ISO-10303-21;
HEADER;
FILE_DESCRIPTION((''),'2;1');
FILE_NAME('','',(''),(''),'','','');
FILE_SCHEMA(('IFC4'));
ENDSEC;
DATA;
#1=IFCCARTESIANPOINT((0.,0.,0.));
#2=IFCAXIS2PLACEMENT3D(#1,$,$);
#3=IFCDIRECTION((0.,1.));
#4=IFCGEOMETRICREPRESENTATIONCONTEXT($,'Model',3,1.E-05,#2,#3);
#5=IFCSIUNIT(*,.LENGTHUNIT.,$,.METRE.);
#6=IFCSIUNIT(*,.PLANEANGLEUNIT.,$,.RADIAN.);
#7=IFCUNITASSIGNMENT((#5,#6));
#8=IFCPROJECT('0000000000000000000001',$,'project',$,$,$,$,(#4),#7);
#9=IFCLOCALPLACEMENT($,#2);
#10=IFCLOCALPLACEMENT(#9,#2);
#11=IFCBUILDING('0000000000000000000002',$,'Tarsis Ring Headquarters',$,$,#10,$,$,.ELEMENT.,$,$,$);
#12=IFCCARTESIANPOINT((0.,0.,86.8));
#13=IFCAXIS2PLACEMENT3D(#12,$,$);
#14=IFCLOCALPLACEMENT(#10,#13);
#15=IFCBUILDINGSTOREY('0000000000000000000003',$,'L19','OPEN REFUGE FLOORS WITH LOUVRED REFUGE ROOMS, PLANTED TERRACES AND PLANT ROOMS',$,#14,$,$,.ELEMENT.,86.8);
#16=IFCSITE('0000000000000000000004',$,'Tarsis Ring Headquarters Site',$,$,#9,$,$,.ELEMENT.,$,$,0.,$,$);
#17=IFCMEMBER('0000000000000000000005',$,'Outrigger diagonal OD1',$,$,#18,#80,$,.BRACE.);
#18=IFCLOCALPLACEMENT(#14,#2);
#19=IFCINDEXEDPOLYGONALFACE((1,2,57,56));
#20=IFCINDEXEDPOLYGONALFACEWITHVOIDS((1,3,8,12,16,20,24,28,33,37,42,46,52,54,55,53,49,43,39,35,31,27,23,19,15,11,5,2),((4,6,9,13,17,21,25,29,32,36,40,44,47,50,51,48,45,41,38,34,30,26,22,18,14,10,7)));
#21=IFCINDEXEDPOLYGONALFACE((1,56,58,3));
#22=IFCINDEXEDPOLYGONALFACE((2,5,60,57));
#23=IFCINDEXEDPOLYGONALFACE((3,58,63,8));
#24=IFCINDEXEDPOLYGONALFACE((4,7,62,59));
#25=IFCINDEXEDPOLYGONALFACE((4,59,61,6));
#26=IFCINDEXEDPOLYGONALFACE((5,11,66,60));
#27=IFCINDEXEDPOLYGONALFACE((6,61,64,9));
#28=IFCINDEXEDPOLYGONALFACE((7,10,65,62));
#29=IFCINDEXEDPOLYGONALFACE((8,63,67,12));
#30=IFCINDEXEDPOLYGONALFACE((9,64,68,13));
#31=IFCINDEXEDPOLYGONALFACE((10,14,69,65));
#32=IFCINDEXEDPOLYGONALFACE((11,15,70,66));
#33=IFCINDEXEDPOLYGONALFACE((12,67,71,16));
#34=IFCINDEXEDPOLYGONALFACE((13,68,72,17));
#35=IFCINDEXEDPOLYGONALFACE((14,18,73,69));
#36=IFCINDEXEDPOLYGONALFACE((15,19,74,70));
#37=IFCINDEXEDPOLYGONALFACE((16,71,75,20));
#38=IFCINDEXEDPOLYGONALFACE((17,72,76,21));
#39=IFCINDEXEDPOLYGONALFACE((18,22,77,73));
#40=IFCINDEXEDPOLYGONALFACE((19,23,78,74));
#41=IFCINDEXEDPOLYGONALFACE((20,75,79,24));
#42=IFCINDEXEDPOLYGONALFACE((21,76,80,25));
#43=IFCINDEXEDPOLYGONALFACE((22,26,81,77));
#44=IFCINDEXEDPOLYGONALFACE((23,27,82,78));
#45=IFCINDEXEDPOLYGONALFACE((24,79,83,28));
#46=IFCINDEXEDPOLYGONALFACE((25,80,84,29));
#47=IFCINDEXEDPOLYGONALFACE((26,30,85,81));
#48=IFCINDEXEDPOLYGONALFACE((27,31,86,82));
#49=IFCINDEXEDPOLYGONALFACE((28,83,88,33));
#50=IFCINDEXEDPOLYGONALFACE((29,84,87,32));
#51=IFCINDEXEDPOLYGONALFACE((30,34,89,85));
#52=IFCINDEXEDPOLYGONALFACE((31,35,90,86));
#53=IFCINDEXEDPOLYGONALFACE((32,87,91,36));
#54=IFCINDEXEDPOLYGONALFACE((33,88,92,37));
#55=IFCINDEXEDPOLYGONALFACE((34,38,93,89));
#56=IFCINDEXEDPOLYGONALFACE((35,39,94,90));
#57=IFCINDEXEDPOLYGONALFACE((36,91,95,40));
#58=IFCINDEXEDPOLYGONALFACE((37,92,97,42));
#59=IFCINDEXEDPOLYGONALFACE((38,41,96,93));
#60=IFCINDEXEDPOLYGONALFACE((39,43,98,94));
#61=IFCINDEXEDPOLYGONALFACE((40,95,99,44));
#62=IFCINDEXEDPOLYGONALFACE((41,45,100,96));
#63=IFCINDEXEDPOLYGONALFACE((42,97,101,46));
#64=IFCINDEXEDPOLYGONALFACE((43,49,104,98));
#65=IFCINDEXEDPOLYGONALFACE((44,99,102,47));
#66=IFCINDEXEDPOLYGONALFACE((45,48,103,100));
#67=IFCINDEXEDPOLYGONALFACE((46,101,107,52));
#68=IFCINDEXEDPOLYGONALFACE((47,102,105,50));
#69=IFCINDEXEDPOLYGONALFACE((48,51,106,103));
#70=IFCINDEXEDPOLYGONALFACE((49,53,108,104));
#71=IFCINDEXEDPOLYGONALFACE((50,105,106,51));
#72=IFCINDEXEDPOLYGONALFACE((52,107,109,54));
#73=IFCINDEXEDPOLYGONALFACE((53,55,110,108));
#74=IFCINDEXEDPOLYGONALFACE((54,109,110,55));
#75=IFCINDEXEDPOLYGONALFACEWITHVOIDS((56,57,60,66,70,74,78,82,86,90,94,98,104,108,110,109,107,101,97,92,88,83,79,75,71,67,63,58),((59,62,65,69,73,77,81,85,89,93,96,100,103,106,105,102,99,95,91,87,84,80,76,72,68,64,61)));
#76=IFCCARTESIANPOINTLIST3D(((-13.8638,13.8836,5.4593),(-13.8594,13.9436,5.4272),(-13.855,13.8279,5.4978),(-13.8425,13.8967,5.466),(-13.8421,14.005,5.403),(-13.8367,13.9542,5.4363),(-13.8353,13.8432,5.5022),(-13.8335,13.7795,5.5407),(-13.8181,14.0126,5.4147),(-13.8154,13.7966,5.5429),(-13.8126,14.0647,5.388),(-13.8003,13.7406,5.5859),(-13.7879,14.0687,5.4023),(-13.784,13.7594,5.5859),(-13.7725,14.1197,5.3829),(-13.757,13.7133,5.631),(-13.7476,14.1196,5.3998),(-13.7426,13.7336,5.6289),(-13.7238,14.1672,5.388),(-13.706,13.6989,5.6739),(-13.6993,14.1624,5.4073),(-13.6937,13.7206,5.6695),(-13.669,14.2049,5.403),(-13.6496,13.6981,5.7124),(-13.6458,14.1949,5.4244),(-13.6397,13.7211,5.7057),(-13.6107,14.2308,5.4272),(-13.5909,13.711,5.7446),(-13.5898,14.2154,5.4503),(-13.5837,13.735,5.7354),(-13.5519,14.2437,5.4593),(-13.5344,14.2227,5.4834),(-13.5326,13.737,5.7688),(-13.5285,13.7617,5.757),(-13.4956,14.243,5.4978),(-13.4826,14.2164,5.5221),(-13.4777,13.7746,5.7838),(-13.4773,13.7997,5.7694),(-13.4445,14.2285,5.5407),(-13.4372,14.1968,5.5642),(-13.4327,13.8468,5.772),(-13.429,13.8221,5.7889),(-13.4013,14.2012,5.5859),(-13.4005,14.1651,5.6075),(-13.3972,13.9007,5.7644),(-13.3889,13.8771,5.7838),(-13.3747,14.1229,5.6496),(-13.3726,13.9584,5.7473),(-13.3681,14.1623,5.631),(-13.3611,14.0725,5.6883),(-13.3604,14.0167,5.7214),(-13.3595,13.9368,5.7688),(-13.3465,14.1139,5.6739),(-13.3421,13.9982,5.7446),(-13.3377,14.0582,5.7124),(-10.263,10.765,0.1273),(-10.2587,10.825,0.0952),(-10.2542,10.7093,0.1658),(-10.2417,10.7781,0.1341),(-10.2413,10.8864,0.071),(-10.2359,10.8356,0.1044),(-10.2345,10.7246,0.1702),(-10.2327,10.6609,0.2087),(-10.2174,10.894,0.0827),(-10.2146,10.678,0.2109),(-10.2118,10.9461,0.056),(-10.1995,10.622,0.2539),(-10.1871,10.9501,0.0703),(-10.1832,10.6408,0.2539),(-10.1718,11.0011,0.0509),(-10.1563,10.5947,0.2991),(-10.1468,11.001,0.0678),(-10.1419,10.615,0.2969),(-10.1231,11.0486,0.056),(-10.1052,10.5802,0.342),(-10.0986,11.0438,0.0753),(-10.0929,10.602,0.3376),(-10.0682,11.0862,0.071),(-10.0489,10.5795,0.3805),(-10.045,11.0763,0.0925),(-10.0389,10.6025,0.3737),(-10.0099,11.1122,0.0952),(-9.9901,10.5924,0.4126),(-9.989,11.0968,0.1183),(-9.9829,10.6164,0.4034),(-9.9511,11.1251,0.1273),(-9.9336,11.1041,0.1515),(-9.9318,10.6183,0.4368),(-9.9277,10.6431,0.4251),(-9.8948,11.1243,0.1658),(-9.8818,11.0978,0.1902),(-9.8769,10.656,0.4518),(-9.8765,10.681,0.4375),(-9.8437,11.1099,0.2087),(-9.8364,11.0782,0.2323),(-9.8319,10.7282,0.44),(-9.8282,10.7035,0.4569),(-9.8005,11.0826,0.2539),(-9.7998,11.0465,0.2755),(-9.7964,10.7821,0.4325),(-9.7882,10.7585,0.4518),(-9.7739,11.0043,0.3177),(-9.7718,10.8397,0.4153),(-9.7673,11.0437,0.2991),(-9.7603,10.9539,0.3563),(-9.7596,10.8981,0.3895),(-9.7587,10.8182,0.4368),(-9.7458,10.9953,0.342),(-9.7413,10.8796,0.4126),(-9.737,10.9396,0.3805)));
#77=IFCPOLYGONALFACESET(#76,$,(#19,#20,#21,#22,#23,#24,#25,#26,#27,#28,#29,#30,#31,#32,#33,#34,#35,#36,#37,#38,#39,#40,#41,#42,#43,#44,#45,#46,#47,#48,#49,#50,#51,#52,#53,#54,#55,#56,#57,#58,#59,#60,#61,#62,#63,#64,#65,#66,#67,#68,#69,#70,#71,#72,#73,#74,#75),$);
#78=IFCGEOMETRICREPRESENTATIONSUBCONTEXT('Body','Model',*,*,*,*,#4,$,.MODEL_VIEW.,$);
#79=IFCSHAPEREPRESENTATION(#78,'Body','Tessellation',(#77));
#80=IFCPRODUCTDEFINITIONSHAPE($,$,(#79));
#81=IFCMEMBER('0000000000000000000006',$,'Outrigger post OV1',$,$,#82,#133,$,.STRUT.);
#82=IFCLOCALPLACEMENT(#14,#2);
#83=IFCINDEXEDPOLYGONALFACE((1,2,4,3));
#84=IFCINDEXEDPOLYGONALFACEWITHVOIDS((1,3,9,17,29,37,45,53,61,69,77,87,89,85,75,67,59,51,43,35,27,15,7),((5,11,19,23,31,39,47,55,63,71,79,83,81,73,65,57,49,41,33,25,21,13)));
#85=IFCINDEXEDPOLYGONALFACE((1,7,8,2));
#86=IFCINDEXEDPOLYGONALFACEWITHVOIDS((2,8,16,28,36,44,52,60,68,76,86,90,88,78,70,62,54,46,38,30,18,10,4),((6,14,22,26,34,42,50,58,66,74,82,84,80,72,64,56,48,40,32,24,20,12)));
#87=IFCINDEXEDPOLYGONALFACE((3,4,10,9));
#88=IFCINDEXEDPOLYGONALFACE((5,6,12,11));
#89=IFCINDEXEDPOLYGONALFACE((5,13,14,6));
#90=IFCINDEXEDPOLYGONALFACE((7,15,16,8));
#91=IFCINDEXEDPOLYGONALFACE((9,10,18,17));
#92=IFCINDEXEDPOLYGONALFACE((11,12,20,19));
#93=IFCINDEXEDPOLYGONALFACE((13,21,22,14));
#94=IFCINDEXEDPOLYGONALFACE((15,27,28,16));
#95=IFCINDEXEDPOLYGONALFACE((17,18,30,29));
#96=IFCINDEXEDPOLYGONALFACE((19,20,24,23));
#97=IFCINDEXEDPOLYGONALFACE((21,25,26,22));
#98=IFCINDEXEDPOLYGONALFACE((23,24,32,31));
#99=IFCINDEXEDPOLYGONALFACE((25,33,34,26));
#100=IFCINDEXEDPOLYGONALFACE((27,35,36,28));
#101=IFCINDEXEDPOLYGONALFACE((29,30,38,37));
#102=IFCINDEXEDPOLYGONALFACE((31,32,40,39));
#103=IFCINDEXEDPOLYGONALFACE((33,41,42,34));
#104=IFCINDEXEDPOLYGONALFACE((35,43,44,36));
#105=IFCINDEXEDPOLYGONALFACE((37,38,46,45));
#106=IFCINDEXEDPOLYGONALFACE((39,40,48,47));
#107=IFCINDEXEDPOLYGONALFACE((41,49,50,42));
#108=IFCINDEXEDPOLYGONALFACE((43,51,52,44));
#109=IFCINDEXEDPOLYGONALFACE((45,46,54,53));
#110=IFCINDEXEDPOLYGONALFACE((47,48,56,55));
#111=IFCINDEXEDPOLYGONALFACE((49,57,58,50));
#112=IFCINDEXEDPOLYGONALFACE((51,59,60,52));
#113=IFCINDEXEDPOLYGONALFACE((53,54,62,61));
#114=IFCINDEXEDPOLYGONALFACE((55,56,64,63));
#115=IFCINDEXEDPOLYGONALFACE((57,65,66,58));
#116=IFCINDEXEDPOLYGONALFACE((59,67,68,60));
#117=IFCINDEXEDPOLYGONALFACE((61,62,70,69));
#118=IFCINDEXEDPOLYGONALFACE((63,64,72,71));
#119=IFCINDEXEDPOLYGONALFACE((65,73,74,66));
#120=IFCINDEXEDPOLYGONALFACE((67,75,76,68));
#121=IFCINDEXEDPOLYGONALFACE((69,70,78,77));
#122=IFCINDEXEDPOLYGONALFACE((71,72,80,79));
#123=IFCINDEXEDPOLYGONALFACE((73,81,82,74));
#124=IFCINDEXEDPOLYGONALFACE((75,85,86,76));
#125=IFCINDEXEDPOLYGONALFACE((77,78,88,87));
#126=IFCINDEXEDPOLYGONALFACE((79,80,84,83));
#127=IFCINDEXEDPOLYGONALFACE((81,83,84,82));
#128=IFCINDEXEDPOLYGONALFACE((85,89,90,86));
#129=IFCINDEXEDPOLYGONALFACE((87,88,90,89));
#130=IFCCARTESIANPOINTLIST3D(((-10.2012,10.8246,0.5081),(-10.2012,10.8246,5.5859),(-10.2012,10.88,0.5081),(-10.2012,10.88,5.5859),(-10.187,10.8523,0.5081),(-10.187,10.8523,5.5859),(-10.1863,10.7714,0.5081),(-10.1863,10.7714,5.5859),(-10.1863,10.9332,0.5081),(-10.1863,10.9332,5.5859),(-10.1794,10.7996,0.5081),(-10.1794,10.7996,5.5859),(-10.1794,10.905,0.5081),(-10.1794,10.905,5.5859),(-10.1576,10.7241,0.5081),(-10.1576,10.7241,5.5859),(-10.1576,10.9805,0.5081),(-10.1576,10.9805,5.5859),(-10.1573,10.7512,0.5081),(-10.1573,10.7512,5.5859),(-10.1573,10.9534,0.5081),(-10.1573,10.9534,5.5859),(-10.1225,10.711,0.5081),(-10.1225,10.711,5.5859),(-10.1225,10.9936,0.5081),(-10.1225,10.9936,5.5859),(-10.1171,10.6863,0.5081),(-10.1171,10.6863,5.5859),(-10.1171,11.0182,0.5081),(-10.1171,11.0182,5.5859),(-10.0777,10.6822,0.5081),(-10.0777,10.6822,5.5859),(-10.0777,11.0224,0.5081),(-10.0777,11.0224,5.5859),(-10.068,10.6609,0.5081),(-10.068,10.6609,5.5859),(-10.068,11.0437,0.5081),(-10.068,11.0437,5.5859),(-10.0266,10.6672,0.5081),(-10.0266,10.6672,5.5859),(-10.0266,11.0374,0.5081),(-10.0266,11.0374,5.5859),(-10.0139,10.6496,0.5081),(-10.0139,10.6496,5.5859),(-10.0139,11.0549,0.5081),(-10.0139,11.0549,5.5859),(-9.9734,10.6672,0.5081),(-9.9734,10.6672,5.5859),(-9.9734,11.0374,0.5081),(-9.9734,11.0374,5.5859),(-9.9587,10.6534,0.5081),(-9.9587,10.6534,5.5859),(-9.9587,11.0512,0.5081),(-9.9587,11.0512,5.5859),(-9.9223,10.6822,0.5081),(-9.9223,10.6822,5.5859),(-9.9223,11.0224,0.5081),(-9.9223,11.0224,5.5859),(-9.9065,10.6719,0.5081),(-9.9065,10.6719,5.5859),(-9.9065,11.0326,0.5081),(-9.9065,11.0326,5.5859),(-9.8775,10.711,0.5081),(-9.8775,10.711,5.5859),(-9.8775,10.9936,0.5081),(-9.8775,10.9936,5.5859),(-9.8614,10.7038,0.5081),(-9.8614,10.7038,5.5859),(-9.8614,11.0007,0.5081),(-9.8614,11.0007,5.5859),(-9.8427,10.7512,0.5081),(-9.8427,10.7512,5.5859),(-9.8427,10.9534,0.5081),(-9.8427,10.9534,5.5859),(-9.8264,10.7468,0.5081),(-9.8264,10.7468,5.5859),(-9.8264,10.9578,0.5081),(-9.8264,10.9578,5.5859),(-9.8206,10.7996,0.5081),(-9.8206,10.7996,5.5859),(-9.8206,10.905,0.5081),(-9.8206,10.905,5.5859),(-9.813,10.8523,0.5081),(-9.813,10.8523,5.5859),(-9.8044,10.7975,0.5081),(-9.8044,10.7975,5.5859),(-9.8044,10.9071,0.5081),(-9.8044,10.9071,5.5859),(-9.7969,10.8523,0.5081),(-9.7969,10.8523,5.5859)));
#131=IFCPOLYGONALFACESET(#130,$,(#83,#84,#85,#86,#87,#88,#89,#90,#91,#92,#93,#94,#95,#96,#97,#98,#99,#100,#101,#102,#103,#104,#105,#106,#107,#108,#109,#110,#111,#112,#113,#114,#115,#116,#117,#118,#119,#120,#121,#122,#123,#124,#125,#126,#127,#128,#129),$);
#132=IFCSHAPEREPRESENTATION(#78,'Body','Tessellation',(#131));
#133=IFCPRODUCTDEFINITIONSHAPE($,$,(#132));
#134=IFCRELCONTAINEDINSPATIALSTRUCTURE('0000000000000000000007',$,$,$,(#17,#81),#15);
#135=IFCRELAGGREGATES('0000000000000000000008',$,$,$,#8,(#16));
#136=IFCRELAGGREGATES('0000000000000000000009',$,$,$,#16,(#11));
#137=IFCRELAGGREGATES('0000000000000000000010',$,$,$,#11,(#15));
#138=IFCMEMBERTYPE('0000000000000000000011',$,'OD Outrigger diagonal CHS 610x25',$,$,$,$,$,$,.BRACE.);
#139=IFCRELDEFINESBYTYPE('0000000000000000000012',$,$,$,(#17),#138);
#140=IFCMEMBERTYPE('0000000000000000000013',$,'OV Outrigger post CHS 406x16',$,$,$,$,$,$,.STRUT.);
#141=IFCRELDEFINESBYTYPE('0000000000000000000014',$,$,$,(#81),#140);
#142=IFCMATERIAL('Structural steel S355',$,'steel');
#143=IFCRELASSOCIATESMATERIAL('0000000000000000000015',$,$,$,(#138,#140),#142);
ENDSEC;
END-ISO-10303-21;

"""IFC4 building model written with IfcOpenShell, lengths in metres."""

from ifc_helpers import new_model, si_unit, direction, frame, origin, origin_2d, place, context, subcontext, project, spatial, hollow_circle, extrude, material, material_profile, profile_set, type_object, element, save


model = new_model("IFC4")

# Units and contexts
model_context = context("Model", 3, precision=1e-05, world=origin(), true_north=direction((0.0, 1.0)))
body_context = subcontext(model_context, "Body", "Model", "MODEL_VIEW")
ifc_project = project(units=[si_unit("LENGTHUNIT", "METRE"), si_unit("PLANEANGLEUNIT", "RADIAN")], contexts=[model_context])

# Site, building, storey
site_placement = place(None, origin())
site = spatial("IfcSite", under=ifc_project, at=site_placement, Name="Tarsis Ring Headquarters Site", CompositionType="ELEMENT", RefElevation=0.0)
building_placement = place(site_placement, origin())
building = spatial("IfcBuilding", under=site, at=building_placement, Name="Tarsis Ring Headquarters", CompositionType="ELEMENT")
storey_placement = place(building_placement, frame((0.0, 0.0, 86.8)))
storey = spatial("IfcBuildingStorey", under=building, at=storey_placement, Name="L19", Description="OPEN REFUGE FLOORS WITH LOUVRED REFUGE ROOMS, PLANTED TERRACES AND PLANT ROOMS", CompositionType="ELEMENT", Elevation=86.8)

# Shared definitions
ifc_material_1 = material(Name="Structural steel S355", Category="steel")

# Members
ifc_material_profile_1 = material_profile(ifc_material_1, hollow_circle(Radius=0.3047, WallThickness=0.0249, at=origin_2d()), Name="CHS 610x25")
ifc_profile_set_1 = profile_set([ifc_material_profile_1], Name="Structural steel S355")
member_type_1 = type_object("IfcMemberType", Name="OD Outrigger diagonal CHS 610x25", PredefinedType="BRACE", material=ifc_profile_set_1)
member_1_placement = place(storey_placement, frame((-10.0, 10.8523, 0.2539), z_axis=(-0.503612, 0.436175, 0.745738), x_axis=(-0.654683, -0.755904, 0.0)))
element("IfcMember", 1, at=member_1_placement, inside=storey, type_object=member_type_1, Name="Outrigger diagonal OD1", PredefinedType="BRACE", context=body_context, shape_type="SweptSolid", body=[
    extrude(hollow_circle(Radius=0.3047, WallThickness=0.0249, at=origin_2d()), origin(), (0.0, 0.0, 1.0), 7.1499),
])
ifc_material_profile_2 = material_profile(ifc_material_1, hollow_circle(Radius=0.2031, WallThickness=0.0161, at=origin_2d()), Name="CHS 406x16")
ifc_profile_set_2 = profile_set([ifc_material_profile_2], Name="Structural steel S355")
member_type_2 = type_object("IfcMemberType", Name="OV Outrigger post CHS 406x16", PredefinedType="STRUT", material=ifc_profile_set_2)
member_2_placement = place(storey_placement, frame((-10.0, 10.8523, 0.5081), z_axis=(0.0, 0.0, 1.0), x_axis=(1.0, 0.0, 0.0)))
element("IfcMember", 2, at=member_2_placement, inside=storey, type_object=member_type_2, Name="Outrigger post OV1", PredefinedType="STRUT", context=body_context, shape_type="SweptSolid", body=[
    extrude(hollow_circle(Radius=0.2031, WallThickness=0.0161, at=origin_2d()), origin(), (0.0, 0.0, 1.0), 5.0779),
])

save(model, "model.ifc")
